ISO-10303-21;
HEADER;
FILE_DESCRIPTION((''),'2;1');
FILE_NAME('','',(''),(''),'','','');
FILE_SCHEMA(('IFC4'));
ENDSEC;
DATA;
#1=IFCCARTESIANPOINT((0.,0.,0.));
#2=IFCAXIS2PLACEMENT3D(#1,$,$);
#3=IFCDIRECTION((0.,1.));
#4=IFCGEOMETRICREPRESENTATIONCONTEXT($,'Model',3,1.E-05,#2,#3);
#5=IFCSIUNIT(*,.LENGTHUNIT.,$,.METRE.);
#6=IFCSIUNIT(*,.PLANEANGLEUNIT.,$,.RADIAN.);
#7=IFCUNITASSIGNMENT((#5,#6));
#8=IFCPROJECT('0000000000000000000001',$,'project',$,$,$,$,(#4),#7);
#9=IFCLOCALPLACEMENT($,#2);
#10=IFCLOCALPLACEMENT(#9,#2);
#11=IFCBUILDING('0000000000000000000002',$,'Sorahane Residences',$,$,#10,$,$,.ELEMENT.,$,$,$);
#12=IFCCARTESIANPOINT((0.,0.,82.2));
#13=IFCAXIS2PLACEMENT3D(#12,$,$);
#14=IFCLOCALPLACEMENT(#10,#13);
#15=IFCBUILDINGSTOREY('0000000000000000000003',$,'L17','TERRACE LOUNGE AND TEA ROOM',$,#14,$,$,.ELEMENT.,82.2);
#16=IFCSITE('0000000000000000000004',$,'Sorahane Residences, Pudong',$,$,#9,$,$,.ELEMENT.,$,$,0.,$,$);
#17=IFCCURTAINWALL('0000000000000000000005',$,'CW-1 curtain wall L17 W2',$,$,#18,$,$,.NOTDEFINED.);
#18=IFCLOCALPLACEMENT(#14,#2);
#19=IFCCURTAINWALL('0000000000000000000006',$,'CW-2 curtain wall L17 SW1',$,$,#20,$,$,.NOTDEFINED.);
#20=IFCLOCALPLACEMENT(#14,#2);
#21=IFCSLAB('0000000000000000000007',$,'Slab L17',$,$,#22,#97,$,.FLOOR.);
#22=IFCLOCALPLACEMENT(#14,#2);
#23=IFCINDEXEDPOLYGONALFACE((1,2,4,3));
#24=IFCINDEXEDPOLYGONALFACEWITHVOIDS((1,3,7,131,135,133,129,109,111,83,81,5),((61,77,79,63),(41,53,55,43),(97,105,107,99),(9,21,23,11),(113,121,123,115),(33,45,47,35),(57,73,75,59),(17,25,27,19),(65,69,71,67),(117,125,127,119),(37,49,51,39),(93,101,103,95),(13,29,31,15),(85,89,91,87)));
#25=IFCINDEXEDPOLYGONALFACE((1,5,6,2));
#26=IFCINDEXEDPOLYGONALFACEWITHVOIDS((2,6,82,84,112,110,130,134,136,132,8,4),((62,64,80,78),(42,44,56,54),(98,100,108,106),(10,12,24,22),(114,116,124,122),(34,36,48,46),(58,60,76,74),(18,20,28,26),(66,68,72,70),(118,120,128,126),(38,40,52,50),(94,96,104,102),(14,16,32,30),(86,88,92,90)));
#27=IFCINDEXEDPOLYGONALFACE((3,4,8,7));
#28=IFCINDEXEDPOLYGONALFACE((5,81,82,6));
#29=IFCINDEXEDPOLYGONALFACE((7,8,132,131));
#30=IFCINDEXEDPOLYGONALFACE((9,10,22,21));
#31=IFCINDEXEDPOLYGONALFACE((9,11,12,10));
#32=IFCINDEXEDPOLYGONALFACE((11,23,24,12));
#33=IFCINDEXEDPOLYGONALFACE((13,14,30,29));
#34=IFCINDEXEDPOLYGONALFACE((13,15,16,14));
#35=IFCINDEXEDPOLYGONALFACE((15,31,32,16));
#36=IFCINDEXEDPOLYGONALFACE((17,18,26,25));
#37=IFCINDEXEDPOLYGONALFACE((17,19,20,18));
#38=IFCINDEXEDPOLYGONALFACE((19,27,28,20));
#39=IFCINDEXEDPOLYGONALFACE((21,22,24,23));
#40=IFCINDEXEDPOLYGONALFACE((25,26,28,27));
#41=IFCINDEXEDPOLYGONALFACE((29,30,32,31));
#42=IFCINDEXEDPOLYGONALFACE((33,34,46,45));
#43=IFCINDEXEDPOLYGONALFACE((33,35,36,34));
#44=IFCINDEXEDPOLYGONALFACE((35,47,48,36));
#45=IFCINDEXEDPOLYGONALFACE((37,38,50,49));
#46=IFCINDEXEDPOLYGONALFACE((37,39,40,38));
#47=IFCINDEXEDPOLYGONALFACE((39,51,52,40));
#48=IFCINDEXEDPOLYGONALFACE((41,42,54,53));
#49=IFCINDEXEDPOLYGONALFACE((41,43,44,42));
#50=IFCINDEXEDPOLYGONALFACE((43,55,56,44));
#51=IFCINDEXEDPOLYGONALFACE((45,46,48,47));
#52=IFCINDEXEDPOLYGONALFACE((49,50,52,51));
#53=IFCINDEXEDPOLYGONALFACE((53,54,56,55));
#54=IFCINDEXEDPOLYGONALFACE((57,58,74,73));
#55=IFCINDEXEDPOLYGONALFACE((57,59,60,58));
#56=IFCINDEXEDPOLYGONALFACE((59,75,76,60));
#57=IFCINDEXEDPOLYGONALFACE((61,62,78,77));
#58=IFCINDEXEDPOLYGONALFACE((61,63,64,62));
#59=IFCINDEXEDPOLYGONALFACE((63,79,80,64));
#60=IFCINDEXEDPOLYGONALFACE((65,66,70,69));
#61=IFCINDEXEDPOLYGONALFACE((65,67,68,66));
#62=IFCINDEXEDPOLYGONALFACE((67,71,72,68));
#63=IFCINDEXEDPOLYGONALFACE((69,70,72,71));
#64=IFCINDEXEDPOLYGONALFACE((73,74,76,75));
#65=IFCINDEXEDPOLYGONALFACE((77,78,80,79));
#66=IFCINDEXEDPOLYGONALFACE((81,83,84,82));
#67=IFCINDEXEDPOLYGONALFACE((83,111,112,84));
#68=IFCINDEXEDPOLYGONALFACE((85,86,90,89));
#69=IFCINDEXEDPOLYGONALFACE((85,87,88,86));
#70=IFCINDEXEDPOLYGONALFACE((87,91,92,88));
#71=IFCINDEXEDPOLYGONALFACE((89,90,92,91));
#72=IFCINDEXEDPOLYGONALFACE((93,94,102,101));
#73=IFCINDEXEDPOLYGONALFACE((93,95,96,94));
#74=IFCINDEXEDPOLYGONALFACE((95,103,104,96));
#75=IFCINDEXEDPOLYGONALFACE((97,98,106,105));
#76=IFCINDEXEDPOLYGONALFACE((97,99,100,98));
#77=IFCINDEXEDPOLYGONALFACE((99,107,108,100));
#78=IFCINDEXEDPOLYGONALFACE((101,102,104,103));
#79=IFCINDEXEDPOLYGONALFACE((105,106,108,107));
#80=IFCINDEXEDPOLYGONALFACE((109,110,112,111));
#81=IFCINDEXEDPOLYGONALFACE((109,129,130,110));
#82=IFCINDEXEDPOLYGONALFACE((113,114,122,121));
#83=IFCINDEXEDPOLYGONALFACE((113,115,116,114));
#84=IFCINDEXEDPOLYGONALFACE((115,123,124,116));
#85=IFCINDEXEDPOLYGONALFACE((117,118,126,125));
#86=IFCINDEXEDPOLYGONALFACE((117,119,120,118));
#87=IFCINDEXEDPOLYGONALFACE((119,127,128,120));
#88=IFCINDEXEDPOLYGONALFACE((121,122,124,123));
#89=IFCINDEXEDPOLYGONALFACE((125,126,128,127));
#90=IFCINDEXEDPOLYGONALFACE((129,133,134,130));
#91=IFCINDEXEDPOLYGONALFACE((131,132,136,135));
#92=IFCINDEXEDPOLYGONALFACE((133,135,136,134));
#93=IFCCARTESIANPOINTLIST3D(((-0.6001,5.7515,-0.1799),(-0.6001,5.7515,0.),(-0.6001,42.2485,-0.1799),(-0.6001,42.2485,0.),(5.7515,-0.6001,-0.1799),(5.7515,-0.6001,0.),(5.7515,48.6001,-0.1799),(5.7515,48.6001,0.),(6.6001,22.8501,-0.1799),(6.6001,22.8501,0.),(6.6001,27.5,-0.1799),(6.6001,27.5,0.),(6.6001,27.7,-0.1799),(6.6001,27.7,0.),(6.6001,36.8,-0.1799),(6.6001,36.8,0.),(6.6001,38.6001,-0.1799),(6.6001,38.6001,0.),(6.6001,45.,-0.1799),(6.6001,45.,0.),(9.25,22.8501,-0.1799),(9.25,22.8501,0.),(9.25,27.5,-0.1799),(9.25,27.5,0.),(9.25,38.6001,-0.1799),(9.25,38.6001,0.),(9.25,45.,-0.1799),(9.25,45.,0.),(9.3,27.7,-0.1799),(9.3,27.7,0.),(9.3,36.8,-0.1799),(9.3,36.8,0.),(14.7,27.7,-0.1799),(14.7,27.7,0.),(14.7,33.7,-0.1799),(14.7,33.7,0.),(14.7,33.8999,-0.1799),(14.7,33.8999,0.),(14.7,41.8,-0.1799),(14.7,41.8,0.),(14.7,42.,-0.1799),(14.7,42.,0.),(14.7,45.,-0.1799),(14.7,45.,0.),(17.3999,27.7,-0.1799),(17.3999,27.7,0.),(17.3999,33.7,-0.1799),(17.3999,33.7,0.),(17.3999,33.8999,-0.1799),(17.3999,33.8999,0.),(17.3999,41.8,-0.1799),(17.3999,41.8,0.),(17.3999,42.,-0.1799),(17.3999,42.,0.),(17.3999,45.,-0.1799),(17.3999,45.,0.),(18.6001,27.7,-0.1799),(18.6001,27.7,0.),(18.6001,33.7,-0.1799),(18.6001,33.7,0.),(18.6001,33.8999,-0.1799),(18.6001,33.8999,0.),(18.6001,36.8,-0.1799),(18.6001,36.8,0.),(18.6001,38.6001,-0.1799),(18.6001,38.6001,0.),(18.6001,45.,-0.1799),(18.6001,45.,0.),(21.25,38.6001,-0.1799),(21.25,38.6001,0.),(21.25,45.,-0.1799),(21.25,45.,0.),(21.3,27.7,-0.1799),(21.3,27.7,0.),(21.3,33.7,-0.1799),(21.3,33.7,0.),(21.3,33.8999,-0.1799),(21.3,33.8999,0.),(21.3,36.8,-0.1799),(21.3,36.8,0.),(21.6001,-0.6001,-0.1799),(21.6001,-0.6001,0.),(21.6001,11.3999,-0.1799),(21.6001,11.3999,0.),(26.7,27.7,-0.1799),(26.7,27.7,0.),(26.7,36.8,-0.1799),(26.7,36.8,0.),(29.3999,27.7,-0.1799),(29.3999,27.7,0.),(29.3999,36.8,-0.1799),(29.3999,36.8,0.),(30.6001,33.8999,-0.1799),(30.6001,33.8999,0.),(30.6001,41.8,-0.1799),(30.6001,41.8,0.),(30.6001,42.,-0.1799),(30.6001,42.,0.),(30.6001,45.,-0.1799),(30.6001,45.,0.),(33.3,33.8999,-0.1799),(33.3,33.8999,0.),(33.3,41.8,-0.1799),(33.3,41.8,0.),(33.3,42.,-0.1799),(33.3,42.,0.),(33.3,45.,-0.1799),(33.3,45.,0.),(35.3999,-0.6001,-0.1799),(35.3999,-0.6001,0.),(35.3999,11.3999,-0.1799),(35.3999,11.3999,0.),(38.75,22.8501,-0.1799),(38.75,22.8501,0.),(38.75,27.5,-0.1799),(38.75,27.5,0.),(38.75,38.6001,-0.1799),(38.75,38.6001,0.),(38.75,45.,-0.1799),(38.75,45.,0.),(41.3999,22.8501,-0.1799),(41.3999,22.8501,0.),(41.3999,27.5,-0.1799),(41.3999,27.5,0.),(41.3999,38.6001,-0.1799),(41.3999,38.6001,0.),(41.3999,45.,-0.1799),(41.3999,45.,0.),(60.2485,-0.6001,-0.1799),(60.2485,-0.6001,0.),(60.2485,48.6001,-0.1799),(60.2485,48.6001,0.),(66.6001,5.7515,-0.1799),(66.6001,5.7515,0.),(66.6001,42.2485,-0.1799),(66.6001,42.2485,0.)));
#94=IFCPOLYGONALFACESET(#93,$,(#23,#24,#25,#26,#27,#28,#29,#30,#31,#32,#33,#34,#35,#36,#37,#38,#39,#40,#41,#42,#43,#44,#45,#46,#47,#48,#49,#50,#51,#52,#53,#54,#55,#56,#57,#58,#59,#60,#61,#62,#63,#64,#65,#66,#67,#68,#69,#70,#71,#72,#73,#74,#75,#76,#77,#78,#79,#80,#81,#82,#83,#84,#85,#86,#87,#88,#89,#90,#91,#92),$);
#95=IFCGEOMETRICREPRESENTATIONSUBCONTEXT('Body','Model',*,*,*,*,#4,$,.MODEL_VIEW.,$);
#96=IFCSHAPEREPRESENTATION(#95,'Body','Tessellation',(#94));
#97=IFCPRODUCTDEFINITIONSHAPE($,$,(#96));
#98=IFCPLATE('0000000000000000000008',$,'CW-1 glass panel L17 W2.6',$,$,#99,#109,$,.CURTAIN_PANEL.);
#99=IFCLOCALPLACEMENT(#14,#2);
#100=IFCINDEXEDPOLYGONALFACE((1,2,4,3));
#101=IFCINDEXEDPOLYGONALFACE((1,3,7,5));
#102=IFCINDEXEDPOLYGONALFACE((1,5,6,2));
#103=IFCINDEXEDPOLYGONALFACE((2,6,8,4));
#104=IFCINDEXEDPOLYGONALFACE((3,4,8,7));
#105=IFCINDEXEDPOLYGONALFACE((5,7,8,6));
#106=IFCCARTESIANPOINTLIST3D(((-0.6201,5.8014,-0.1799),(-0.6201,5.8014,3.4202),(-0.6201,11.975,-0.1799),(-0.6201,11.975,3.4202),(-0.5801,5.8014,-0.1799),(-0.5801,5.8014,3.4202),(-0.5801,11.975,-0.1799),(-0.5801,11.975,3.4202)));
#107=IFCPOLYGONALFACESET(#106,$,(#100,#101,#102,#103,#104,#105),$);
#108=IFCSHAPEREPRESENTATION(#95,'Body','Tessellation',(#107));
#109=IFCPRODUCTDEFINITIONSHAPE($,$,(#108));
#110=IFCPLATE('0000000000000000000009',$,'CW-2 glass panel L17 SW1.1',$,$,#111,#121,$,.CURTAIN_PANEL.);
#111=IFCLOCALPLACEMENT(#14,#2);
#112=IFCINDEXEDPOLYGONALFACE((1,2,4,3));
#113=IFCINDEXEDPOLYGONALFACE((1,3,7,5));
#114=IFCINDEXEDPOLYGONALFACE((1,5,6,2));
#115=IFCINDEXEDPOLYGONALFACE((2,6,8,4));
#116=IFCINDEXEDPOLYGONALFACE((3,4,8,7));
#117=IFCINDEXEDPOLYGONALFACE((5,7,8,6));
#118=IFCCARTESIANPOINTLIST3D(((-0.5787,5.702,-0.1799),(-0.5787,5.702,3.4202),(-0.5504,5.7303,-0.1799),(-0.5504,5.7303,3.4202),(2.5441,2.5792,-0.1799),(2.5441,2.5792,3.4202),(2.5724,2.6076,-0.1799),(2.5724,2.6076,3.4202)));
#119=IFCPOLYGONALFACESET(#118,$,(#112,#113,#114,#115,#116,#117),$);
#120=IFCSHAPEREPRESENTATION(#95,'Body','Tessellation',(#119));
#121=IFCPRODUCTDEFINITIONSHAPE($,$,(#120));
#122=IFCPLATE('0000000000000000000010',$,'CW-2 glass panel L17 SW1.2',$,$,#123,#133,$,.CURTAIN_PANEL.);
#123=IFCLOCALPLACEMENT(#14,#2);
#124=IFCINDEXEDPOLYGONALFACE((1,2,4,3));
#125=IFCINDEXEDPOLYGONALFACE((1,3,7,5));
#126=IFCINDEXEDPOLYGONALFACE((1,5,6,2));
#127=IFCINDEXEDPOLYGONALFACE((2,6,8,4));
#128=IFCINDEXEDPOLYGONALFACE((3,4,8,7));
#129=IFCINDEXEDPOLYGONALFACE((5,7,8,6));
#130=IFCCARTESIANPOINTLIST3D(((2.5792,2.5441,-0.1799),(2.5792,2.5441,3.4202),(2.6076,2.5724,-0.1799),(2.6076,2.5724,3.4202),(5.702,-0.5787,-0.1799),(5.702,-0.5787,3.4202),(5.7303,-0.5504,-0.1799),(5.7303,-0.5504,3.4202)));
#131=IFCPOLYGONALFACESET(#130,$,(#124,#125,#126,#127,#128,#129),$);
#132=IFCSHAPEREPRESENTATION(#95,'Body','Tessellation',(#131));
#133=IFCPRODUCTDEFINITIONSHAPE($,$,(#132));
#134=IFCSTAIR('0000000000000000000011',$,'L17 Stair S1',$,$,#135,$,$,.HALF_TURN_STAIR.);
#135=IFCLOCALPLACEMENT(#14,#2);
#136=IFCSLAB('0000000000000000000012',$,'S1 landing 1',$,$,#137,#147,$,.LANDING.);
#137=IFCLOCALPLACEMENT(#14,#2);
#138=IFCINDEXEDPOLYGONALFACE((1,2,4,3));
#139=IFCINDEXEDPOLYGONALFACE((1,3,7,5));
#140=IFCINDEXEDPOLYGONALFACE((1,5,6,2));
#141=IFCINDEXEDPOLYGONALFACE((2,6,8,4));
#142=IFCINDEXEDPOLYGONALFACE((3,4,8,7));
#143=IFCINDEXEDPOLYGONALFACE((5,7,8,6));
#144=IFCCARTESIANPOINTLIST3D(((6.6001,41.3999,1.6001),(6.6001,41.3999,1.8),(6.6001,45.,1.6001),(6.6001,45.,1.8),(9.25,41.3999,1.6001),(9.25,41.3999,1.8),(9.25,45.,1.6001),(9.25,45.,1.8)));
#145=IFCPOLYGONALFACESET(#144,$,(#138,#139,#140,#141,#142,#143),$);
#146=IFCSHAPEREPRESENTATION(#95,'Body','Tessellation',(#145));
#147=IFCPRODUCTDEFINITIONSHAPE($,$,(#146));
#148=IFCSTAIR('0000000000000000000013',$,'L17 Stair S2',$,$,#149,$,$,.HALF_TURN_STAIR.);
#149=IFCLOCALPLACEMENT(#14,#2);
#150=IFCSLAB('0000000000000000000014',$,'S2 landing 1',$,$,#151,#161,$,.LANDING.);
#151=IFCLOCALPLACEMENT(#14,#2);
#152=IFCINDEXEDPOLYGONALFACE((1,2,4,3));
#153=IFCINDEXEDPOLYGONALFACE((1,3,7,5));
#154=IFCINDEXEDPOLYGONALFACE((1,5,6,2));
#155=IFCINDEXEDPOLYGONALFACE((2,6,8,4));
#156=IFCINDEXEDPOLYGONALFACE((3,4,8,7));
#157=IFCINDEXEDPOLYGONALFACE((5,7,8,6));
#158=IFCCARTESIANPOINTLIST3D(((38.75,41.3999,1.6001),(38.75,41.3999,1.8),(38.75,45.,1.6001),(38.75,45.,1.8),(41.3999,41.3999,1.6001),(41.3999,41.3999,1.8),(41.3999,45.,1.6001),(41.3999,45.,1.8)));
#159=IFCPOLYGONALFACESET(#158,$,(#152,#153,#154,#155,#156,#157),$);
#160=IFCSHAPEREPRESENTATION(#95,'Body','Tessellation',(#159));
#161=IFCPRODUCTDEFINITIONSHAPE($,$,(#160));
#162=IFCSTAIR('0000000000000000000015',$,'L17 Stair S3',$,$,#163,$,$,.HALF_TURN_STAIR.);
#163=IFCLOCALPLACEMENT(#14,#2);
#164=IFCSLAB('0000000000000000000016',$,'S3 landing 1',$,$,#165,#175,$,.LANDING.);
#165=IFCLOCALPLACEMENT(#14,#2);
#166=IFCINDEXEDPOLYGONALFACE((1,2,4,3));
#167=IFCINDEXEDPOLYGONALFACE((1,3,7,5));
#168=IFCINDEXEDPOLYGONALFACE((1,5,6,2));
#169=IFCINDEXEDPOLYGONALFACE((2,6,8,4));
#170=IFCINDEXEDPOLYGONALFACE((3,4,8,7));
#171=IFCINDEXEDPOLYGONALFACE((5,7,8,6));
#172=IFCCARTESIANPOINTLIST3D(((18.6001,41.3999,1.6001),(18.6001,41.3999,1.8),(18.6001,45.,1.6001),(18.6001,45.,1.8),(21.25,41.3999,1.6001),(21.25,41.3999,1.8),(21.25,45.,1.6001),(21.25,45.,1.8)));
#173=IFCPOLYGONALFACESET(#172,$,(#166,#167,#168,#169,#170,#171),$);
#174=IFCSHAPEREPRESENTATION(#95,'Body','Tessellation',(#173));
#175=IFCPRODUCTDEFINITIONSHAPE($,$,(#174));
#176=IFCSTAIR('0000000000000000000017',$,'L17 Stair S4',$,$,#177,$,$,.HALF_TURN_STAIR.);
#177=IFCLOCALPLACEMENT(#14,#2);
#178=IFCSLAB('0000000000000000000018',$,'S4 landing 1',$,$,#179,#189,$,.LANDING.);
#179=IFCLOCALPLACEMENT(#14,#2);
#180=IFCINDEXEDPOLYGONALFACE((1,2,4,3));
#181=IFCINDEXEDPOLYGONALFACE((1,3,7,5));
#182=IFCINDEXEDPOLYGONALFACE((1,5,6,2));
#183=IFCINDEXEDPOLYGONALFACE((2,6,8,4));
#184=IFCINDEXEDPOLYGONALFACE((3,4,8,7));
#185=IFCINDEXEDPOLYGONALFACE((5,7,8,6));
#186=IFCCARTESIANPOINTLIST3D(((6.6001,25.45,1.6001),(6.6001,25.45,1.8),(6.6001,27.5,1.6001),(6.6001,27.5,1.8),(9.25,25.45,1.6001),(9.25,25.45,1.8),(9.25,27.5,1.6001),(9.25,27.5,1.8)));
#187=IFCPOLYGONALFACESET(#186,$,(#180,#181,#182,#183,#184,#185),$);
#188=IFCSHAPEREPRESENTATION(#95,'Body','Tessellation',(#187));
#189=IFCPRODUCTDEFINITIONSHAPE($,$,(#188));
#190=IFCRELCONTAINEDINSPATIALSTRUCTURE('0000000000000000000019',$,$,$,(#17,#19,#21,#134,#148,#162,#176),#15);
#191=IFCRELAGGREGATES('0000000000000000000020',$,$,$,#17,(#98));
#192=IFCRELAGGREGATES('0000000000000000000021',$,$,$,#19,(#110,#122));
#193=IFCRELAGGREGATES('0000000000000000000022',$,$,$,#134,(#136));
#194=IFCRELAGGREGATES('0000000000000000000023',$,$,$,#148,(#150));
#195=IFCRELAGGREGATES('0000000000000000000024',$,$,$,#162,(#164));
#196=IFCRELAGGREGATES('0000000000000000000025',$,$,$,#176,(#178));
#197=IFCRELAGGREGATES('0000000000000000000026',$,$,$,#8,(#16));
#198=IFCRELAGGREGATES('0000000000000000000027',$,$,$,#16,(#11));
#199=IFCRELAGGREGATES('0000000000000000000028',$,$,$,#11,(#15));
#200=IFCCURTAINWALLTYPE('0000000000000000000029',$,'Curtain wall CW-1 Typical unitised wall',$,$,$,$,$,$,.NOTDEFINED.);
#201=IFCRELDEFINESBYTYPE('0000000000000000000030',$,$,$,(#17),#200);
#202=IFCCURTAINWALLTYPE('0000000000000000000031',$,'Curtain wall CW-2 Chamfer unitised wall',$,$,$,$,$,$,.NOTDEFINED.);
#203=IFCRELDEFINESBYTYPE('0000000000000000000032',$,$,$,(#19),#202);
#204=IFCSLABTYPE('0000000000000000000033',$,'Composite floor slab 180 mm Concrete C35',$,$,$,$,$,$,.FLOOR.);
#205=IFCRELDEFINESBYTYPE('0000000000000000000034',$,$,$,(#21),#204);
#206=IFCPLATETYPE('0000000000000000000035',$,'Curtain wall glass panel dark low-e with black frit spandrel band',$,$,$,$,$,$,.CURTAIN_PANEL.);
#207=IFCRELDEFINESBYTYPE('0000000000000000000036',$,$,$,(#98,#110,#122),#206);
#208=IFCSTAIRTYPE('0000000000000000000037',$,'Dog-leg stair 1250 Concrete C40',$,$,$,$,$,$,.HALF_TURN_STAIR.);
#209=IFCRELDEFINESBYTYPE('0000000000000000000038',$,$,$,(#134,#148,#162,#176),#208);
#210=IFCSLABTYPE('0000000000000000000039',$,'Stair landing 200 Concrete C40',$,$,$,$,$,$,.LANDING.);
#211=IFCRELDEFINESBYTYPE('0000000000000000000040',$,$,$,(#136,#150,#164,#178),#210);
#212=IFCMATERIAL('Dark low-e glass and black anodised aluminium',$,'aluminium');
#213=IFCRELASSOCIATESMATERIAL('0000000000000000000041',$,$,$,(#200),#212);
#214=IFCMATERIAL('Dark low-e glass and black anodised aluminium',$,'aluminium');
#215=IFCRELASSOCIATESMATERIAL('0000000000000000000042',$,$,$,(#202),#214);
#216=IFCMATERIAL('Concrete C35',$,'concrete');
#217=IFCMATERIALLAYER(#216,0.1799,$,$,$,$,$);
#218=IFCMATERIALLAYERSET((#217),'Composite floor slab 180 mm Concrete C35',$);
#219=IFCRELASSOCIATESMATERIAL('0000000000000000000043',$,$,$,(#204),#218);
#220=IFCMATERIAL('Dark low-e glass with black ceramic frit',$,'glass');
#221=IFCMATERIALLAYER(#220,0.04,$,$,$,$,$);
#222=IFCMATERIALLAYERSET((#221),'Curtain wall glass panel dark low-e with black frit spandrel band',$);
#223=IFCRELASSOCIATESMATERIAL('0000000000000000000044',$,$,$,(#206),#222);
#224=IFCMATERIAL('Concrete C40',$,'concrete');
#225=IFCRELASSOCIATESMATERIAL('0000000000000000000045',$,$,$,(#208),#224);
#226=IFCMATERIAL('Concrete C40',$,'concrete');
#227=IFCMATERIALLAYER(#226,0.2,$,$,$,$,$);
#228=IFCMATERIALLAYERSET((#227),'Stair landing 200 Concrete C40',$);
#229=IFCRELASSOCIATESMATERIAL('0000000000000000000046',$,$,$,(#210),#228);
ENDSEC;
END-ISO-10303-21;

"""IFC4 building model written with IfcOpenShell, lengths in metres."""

from ifc_helpers import new_model, si_unit, direction, frame, origin, origin_2d, place, context, subcontext, project, spatial, polyline, rectangle, outline, extrude, material, layer, layer_set, type_object, element, aggregate, save


model = new_model("IFC4")

# Units and contexts
model_context = context("Model", 3, precision=1e-05, world=origin(), true_north=direction((0.0, 1.0)))
body_context = subcontext(model_context, "Body", "Model", "MODEL_VIEW")
ifc_project = project(units=[si_unit("LENGTHUNIT", "METRE"), si_unit("PLANEANGLEUNIT", "RADIAN")], contexts=[model_context])

# Site, building, storey
site_placement = place(None, origin())
site = spatial("IfcSite", under=ifc_project, at=site_placement, Name="Sorahane Residences, Pudong", CompositionType="ELEMENT", RefElevation=0.0)
building_placement = place(site_placement, origin())
building = spatial("IfcBuilding", under=site, at=building_placement, Name="Sorahane Residences", CompositionType="ELEMENT")
storey_placement = place(building_placement, frame((0.0, 0.0, 82.2)))
storey = spatial("IfcBuildingStorey", under=building, at=storey_placement, Name="L17", Description="TERRACE LOUNGE AND TEA ROOM", CompositionType="ELEMENT", Elevation=82.2)

# Curtain wall
ifc_material_1 = material(Name="Dark low-e glass and black anodised aluminium", Category="aluminium")
curtain_wall_type_1 = type_object("IfcCurtainWallType", Name="Curtain wall CW-1 Typical unitised wall", PredefinedType="NOTDEFINED", material=ifc_material_1)
curtain_wall_1_placement = place(storey_placement, origin())
curtain_wall_1 = element("IfcCurtainWall", 1, at=curtain_wall_1_placement, inside=storey, type_object=curtain_wall_type_1, Name="CW-1 curtain wall L17 W2", PredefinedType="NOTDEFINED")

# Curtain wall
ifc_material_2 = material(Name="Dark low-e glass and black anodised aluminium", Category="aluminium")
curtain_wall_type_2 = type_object("IfcCurtainWallType", Name="Curtain wall CW-2 Chamfer unitised wall", PredefinedType="NOTDEFINED", material=ifc_material_2)
curtain_wall_2_placement = place(storey_placement, origin())
curtain_wall_2 = element("IfcCurtainWall", 2, at=curtain_wall_2_placement, inside=storey, type_object=curtain_wall_type_2, Name="CW-2 curtain wall L17 SW1", PredefinedType="NOTDEFINED")

# Slab
ifc_material_3 = material(Name="Concrete C35", Category="concrete")
ifc_layer_1 = layer(ifc_material_3, 0.1799)
ifc_layer_set_1 = layer_set([ifc_layer_1], Name="Composite floor slab 180 mm Concrete C35")
slab_type_1 = type_object("IfcSlabType", Name="Composite floor slab 180 mm Concrete C35", PredefinedType="FLOOR", material=ifc_layer_set_1)
slab_1_placement = place(storey_placement, frame((0.0, 0.0, -0.1799)))
element("IfcSlab", 3, at=slab_1_placement, inside=storey, type_object=slab_type_1, Name="Slab L17", PredefinedType="FLOOR", context=body_context, shape_type="SweptSolid", body=[
    extrude(outline(polyline([(5.7515, -0.6001), (-0.6001, 5.7515), (-0.6001, 42.2485), (5.7515, 48.6001), (60.2485, 48.6001), (66.6001, 42.2485), (66.6001, 5.7515), (60.2485, -0.6001), (35.3999, -0.6001), (35.3999, 11.3999), (21.6001, 11.3999), (21.6001, -0.6001), (5.7515, -0.6001)]), holes=[polyline([(18.6001, 27.7), (21.3, 27.7), (21.3, 33.7), (18.6001, 33.7), (18.6001, 27.7)]), polyline([(30.6001, 42.0), (33.3, 42.0), (33.3, 45.0), (30.6001, 45.0), (30.6001, 42.0)]), polyline([(14.7, 27.7), (17.3999, 27.7), (17.3999, 33.7), (14.7, 33.7), (14.7, 27.7)]), polyline([(14.7, 42.0), (17.3999, 42.0), (17.3999, 45.0), (14.7, 45.0), (14.7, 42.0)]), polyline([(6.6001, 27.7), (9.3, 27.7), (9.3, 36.8), (6.6001, 36.8), (6.6001, 27.7)]), polyline([(9.25, 38.6001), (9.25, 45.0), (6.6001, 45.0), (6.6001, 38.6001), (9.25, 38.6001)]), polyline([(41.3999, 38.6001), (41.3999, 45.0), (38.75, 45.0), (38.75, 38.6001), (41.3999, 38.6001)]), polyline([(21.25, 38.6001), (21.25, 45.0), (18.6001, 45.0), (18.6001, 38.6001), (21.25, 38.6001)]), polyline([(9.25, 22.8501), (9.25, 27.5), (6.6001, 27.5), (6.6001, 22.8501), (9.25, 22.8501)]), polyline([(41.3999, 22.8501), (41.3999, 27.5), (38.75, 27.5), (38.75, 22.8501), (41.3999, 22.8501)]), polyline([(14.7, 33.8999), (17.3999, 33.8999), (17.3999, 41.8), (14.7, 41.8), (14.7, 33.8999)]), polyline([(30.6001, 33.8999), (33.3, 33.8999), (33.3, 41.8), (30.6001, 41.8), (30.6001, 33.8999)]), polyline([(18.6001, 33.8999), (21.3, 33.8999), (21.3, 36.8), (18.6001, 36.8), (18.6001, 33.8999)]), polyline([(26.7, 27.7), (29.3999, 27.7), (29.3999, 36.8), (26.7, 36.8), (26.7, 27.7)])]), origin(), (0.0, 0.0, 1.0), 0.1799),
])

# Plates
ifc_material_4 = material(Name="Dark low-e glass with black ceramic frit", Category="glass")
ifc_layer_2 = layer(ifc_material_4, 0.04)
ifc_layer_set_2 = layer_set([ifc_layer_2], Name="Curtain wall glass panel dark low-e with black frit spandrel band")
plate_type = type_object("IfcPlateType", Name="Curtain wall glass panel dark low-e with black frit spandrel band", PredefinedType="CURTAIN_PANEL", material=ifc_layer_set_2)
plate_1_placement = place(storey_placement, frame((-0.6001, 8.8882, -0.1799), z_axis=(0.0, 0.0, 1.0), x_axis=(0.0, -1.0, 0.0)))
plate_1 = element("IfcPlate", 4, at=plate_1_placement, type_object=plate_type, Name="CW-1 glass panel L17 W2.6", PredefinedType="CURTAIN_PANEL", context=body_context, shape_type="SweptSolid", body=[
    extrude(rectangle(XDim=6.1736, YDim=0.04, at=origin_2d()), origin(), (0.0, 0.0, 1.0), 3.6001),
])
aggregate(curtain_wall_1, [plate_1])
plate_2_placement = place(storey_placement, frame((0.9968, 4.1548, -0.1799), z_axis=(0.0, 0.0, 1.0), x_axis=(0.707107, -0.707107, 0.0)))
plate_2 = element("IfcPlate", 5, at=plate_2_placement, type_object=plate_type, Name="CW-2 glass panel L17 SW1.1", PredefinedType="CURTAIN_PANEL", context=body_context, shape_type="SweptSolid", body=[
    extrude(rectangle(XDim=4.4163, YDim=0.04, at=origin_2d()), origin(), (0.0, 0.0, 1.0), 3.6001),
])
plate_3_placement = place(storey_placement, frame((4.1548, 0.9968, -0.1799), z_axis=(0.0, 0.0, 1.0), x_axis=(0.707107, -0.707107, 0.0)))
plate_3 = element("IfcPlate", 6, at=plate_3_placement, type_object=plate_type, Name="CW-2 glass panel L17 SW1.2", PredefinedType="CURTAIN_PANEL", context=body_context, shape_type="SweptSolid", body=[
    extrude(rectangle(XDim=4.4163, YDim=0.04, at=origin_2d()), origin(), (0.0, 0.0, 1.0), 3.6001),
])
aggregate(curtain_wall_2, [plate_2, plate_3])

# Stairs, slabs
ifc_material_5 = material(Name="Concrete C40", Category="concrete")
stair_type = type_object("IfcStairType", Name="Dog-leg stair 1250 Concrete C40", PredefinedType="HALF_TURN_STAIR", material=ifc_material_5)
stair_1_placement = place(storey_placement, origin())
stair_1 = element("IfcStair", 7, at=stair_1_placement, inside=storey, type_object=stair_type, Name="L17 Stair S1", PredefinedType="HALF_TURN_STAIR")
ifc_material_6 = material(Name="Concrete C40", Category="concrete")
ifc_layer_3 = layer(ifc_material_6, 0.2)
ifc_layer_set_3 = layer_set([ifc_layer_3], Name="Stair landing 200 Concrete C40")
slab_type_2 = type_object("IfcSlabType", Name="Stair landing 200 Concrete C40", PredefinedType="LANDING", material=ifc_layer_set_3)
slab_2_placement = place(storey_placement, frame((0.0, 0.0, 1.6001)))
slab_2 = element("IfcSlab", 8, at=slab_2_placement, type_object=slab_type_2, Name="S1 landing 1", PredefinedType="LANDING", context=body_context, shape_type="SweptSolid", body=[
    extrude(outline(polyline([(9.25, 41.3999), (9.25, 45.0), (6.6001, 45.0), (6.6001, 41.3999), (9.25, 41.3999)])), origin(), (0.0, 0.0, 1.0), 0.2),
])
aggregate(stair_1, [slab_2])
stair_2_placement = place(storey_placement, origin())
stair_2 = element("IfcStair", 9, at=stair_2_placement, inside=storey, type_object=stair_type, Name="L17 Stair S2", PredefinedType="HALF_TURN_STAIR")
slab_3_placement = place(storey_placement, frame((0.0, 0.0, 1.6001)))
slab_3 = element("IfcSlab", 10, at=slab_3_placement, type_object=slab_type_2, Name="S2 landing 1", PredefinedType="LANDING", context=body_context, shape_type="SweptSolid", body=[
    extrude(outline(polyline([(41.3999, 41.3999), (41.3999, 45.0), (38.75, 45.0), (38.75, 41.3999), (41.3999, 41.3999)])), origin(), (0.0, 0.0, 1.0), 0.2),
])
aggregate(stair_2, [slab_3])
stair_3_placement = place(storey_placement, origin())
stair_3 = element("IfcStair", 11, at=stair_3_placement, inside=storey, type_object=stair_type, Name="L17 Stair S3", PredefinedType="HALF_TURN_STAIR")
slab_4_placement = place(storey_placement, frame((0.0, 0.0, 1.6001)))
slab_4 = element("IfcSlab", 12, at=slab_4_placement, type_object=slab_type_2, Name="S3 landing 1", PredefinedType="LANDING", context=body_context, shape_type="SweptSolid", body=[
    extrude(outline(polyline([(21.25, 41.3999), (21.25, 45.0), (18.6001, 45.0), (18.6001, 41.3999), (21.25, 41.3999)])), origin(), (0.0, 0.0, 1.0), 0.2),
])
aggregate(stair_3, [slab_4])
stair_4_placement = place(storey_placement, origin())
stair_4 = element("IfcStair", 13, at=stair_4_placement, inside=storey, type_object=stair_type, Name="L17 Stair S4", PredefinedType="HALF_TURN_STAIR")
slab_5_placement = place(storey_placement, frame((0.0, 0.0, 1.6001)))
slab_5 = element("IfcSlab", 14, at=slab_5_placement, type_object=slab_type_2, Name="S4 landing 1", PredefinedType="LANDING", context=body_context, shape_type="SweptSolid", body=[
    extrude(outline(polyline([(9.25, 25.45), (9.25, 27.5), (6.6001, 27.5), (6.6001, 25.45), (9.25, 25.45)])), origin(), (0.0, 0.0, 1.0), 0.2),
])
aggregate(stair_4, [slab_5])

save(model, "model.ifc")
